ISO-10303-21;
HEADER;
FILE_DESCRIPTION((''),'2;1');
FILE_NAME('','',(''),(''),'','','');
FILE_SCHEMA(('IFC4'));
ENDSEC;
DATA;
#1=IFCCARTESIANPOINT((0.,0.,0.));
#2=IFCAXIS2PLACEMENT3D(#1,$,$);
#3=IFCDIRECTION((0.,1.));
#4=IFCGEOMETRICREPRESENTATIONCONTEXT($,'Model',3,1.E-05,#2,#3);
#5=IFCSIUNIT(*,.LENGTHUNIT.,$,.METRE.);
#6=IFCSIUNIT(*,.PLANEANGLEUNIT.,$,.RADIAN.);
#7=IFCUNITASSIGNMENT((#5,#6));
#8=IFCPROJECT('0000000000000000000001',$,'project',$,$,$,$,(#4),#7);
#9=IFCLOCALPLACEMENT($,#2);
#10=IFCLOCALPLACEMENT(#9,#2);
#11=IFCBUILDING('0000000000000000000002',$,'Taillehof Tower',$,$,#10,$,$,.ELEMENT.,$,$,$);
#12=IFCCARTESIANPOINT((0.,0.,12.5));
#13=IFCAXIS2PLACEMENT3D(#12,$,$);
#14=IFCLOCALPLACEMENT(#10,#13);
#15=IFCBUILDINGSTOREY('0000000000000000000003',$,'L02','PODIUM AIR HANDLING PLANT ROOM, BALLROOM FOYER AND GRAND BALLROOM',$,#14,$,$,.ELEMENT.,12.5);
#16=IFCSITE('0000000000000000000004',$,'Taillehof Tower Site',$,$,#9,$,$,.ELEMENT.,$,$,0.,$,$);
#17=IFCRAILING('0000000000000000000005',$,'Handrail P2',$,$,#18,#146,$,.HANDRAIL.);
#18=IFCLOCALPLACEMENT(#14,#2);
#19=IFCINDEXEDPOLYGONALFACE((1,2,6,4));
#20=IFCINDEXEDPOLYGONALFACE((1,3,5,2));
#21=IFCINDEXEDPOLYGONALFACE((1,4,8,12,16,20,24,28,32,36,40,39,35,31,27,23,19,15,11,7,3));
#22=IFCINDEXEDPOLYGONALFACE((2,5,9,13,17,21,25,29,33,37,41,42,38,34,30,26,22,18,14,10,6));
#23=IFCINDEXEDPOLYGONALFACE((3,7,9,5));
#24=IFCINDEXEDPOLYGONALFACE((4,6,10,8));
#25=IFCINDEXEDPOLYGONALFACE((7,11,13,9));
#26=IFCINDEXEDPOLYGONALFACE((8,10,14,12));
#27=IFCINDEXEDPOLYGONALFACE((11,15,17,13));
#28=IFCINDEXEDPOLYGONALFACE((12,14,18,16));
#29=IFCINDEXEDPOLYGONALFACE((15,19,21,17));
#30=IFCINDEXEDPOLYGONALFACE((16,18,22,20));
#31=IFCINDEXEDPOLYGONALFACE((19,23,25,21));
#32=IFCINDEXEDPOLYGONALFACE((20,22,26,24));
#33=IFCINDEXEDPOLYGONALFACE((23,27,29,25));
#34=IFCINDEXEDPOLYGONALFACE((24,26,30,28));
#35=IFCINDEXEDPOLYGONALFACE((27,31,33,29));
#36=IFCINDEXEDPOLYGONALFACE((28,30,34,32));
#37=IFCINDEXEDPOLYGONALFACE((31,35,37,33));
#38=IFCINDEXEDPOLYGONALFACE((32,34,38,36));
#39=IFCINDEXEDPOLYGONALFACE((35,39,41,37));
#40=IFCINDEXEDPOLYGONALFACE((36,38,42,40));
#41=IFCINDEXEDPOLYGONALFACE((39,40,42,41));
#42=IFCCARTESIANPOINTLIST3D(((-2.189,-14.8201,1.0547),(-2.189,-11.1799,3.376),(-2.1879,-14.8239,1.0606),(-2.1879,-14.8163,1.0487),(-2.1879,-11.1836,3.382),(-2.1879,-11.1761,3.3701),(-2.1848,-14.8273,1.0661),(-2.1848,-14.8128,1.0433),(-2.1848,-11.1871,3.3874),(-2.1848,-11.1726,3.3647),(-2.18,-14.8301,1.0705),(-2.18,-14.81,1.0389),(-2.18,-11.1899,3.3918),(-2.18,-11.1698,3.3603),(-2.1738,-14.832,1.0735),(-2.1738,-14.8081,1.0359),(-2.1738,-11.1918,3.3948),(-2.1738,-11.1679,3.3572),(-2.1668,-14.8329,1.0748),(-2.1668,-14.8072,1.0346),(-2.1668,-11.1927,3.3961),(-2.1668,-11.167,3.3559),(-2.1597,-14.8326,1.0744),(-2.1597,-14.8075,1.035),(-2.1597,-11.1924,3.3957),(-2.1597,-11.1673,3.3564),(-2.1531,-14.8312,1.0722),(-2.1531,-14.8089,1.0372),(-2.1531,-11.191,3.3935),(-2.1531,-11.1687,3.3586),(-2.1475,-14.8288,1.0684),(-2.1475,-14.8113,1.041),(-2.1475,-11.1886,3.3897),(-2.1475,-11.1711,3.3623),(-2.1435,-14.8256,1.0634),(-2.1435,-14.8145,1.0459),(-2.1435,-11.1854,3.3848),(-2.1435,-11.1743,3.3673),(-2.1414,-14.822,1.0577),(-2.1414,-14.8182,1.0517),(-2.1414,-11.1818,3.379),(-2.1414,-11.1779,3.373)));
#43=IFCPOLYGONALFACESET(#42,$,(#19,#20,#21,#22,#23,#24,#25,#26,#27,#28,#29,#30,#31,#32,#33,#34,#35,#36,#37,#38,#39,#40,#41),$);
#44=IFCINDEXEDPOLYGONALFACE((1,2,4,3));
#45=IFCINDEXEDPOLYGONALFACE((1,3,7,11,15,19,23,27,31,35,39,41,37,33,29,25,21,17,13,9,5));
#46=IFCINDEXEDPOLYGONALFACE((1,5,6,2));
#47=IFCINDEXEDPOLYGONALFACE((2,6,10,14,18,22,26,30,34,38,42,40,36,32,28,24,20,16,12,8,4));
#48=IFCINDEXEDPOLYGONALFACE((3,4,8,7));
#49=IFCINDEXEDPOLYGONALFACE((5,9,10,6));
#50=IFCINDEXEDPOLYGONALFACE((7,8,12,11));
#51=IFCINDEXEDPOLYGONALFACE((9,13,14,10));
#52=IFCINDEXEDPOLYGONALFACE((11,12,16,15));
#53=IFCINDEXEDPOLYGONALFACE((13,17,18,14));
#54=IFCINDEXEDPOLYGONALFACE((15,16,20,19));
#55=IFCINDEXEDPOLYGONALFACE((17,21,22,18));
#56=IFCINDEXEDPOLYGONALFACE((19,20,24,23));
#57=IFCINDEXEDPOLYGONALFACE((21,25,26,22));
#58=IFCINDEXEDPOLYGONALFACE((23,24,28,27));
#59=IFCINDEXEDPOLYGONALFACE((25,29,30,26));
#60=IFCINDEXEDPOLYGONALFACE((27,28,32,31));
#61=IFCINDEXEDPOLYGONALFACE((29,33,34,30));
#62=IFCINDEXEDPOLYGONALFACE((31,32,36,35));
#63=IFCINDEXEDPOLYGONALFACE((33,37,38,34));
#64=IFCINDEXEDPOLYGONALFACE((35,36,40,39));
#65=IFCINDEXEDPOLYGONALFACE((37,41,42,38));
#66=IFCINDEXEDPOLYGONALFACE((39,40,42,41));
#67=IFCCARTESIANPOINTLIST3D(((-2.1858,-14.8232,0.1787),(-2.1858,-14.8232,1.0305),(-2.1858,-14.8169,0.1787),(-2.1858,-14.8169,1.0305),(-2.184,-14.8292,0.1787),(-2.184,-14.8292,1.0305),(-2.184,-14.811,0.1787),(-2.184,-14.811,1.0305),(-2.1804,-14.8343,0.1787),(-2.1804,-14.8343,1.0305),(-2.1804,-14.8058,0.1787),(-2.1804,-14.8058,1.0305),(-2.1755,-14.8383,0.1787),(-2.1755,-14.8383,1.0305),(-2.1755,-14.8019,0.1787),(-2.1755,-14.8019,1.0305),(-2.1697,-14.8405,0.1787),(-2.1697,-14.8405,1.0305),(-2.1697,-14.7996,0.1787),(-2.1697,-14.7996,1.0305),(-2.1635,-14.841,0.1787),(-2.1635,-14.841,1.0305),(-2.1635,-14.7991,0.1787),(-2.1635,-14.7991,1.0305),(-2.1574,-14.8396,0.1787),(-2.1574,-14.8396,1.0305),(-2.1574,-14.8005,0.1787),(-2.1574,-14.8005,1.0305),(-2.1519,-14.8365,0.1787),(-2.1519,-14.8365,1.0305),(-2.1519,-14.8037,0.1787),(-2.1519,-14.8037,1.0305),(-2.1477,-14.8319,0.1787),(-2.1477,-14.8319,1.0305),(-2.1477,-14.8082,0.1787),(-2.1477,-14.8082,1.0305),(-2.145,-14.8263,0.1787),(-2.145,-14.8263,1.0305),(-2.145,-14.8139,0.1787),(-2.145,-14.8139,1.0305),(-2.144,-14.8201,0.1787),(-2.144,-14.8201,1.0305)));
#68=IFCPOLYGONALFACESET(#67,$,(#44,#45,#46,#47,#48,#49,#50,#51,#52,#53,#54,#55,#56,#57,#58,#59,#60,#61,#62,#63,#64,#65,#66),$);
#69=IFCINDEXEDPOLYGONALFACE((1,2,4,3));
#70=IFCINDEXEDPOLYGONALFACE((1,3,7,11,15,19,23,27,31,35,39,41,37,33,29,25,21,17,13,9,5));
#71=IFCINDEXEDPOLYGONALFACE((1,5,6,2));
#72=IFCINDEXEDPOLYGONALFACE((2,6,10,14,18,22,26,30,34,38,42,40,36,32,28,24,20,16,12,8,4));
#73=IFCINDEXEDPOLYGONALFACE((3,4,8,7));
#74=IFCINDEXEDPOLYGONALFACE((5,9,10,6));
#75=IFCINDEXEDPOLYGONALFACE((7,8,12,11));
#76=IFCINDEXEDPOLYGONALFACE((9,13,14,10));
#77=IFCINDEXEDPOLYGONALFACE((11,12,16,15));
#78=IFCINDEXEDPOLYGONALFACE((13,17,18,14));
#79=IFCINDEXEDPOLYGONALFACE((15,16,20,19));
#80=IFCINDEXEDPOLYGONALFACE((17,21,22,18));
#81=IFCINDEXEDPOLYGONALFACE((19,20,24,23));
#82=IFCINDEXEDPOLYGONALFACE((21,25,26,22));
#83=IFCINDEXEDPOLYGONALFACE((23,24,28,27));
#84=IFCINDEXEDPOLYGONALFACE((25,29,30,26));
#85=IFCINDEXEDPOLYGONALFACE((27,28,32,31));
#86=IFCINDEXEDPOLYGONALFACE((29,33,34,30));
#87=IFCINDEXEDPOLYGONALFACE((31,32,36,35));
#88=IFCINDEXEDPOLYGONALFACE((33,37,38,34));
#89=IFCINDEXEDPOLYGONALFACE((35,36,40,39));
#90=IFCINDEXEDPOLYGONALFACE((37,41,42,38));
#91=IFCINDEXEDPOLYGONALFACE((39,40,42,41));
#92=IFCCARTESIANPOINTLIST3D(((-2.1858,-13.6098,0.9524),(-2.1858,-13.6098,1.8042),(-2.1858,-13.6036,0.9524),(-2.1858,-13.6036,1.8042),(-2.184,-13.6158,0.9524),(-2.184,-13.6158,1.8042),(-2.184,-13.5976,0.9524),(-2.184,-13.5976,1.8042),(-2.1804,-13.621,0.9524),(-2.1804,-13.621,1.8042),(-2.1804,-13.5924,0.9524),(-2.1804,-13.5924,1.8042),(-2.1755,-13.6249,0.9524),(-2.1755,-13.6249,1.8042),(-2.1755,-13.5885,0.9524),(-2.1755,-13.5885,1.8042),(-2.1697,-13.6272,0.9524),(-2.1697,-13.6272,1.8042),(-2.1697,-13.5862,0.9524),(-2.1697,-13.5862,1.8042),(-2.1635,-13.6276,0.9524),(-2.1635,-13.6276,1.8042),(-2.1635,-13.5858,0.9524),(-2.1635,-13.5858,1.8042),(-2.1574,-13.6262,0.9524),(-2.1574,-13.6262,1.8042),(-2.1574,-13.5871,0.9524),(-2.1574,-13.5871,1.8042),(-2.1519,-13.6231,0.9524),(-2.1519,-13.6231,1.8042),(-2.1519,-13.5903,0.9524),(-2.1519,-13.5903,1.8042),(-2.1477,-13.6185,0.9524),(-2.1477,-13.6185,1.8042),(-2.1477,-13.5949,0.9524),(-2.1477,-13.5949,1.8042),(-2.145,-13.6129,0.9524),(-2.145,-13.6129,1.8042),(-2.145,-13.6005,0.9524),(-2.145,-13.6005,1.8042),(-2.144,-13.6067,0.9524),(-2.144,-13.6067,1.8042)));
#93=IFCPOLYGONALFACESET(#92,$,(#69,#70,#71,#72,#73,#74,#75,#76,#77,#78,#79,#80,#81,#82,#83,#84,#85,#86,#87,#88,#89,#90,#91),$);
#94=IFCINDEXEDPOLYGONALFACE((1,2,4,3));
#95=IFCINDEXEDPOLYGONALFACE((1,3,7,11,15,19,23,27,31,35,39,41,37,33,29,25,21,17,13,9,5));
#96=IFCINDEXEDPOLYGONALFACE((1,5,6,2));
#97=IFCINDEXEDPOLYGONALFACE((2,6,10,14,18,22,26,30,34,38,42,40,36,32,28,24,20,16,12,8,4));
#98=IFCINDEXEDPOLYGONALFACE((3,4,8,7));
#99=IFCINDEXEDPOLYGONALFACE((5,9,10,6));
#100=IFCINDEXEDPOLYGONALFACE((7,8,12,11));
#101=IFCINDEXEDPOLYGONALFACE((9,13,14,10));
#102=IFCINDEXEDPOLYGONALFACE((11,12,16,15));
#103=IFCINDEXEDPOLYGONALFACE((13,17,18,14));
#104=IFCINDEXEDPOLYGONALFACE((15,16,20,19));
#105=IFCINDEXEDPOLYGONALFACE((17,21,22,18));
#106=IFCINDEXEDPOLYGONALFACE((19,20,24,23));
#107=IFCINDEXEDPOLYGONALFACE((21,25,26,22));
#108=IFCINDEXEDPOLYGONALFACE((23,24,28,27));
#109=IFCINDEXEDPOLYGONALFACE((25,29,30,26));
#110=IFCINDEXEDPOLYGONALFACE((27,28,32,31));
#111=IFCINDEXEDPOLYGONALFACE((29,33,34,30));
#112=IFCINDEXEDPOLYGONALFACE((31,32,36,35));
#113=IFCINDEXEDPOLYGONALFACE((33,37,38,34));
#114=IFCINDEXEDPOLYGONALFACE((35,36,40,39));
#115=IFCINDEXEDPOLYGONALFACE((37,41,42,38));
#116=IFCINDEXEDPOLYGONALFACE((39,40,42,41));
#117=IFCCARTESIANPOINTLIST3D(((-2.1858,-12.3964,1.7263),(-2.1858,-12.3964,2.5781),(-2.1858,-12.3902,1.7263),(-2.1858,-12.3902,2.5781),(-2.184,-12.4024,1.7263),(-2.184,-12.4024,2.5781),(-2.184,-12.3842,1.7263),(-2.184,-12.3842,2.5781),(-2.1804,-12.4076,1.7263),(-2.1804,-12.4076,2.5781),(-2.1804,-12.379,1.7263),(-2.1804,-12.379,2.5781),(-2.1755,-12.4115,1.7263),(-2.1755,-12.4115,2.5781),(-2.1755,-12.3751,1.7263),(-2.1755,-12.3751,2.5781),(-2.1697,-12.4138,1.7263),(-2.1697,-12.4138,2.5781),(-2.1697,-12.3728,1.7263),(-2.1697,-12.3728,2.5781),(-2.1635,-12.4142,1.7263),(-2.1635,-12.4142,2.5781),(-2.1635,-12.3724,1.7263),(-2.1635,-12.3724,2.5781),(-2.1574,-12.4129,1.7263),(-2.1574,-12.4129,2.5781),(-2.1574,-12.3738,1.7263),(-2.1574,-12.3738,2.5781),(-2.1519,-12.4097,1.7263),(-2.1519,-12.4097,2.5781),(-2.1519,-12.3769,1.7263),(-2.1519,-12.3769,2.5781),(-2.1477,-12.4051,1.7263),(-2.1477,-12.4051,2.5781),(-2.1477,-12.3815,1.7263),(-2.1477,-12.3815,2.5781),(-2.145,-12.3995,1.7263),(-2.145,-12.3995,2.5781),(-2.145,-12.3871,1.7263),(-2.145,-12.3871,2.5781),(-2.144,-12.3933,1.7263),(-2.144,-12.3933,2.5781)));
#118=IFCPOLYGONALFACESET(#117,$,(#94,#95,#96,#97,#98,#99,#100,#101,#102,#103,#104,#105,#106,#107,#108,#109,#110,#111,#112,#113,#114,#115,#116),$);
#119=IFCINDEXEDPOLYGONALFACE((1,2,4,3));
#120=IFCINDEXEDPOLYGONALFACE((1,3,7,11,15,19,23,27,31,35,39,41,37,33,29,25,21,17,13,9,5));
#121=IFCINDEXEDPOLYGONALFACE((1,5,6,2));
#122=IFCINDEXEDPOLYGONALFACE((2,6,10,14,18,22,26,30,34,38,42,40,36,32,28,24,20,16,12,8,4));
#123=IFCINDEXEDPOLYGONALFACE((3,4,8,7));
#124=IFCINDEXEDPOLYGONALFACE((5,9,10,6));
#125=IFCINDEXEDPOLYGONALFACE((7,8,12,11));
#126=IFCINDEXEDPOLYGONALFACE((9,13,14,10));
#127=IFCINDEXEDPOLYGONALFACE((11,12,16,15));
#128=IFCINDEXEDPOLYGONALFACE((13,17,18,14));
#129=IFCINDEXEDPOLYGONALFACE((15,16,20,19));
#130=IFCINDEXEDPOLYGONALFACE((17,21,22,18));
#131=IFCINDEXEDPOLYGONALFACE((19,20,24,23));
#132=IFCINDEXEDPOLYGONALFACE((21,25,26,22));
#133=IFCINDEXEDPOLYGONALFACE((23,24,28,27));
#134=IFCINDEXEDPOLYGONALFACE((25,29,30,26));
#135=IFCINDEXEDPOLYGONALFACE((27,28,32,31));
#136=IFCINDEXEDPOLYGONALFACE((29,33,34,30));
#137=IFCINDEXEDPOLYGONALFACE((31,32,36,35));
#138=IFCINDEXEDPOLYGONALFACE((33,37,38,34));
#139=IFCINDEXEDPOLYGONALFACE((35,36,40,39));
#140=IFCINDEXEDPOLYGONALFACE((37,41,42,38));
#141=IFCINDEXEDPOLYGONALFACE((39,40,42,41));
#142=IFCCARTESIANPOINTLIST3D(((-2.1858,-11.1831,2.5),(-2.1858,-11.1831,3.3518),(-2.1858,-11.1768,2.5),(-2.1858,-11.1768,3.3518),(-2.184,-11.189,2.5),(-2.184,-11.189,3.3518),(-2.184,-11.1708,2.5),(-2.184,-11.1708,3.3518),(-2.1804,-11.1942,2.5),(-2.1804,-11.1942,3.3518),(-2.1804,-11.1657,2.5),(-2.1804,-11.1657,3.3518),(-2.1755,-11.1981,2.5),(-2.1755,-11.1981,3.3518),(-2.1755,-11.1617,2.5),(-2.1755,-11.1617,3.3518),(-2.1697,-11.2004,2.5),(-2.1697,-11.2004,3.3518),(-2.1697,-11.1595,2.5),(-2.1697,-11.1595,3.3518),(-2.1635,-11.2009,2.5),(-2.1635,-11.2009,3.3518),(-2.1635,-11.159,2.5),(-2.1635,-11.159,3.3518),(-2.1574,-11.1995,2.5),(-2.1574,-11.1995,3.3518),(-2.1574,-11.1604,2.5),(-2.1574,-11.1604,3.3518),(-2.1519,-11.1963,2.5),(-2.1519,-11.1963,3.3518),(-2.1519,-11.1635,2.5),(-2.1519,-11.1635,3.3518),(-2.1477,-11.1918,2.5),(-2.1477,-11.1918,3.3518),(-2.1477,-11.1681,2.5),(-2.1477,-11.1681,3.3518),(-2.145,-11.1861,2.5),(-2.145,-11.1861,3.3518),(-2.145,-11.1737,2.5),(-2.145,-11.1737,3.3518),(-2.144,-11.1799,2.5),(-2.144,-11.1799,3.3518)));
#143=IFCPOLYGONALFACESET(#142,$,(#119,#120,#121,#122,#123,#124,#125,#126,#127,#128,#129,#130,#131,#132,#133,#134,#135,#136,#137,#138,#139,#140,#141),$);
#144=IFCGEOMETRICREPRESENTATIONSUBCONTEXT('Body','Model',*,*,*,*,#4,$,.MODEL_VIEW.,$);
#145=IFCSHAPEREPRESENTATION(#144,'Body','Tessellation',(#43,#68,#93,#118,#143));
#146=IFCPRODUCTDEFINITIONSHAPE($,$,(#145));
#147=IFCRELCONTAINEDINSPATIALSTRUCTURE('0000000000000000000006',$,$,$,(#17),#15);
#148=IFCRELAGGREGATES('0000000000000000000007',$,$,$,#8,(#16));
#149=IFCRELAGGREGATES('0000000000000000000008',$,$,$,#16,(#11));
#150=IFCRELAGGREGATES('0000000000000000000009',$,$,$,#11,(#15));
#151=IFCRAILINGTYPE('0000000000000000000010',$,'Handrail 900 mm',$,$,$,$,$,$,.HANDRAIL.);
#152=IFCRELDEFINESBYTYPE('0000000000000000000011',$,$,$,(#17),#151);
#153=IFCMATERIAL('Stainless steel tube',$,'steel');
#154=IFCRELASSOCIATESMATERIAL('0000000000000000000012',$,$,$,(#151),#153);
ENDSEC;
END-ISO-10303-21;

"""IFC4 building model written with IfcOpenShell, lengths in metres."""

from ifc_helpers import new_model, si_unit, direction, frame, origin, origin_2d, place, context, subcontext, project, spatial, circle, extrude, material, type_object, element, save


model = new_model("IFC4")

# Units and contexts
model_context = context("Model", 3, precision=1e-05, world=origin(), true_north=direction((0.0, 1.0)))
body_context = subcontext(model_context, "Body", "Model", "MODEL_VIEW")
ifc_project = project(units=[si_unit("LENGTHUNIT", "METRE"), si_unit("PLANEANGLEUNIT", "RADIAN")], contexts=[model_context])

# Site, building, storey
site_placement = place(None, origin())
site = spatial("IfcSite", under=ifc_project, at=site_placement, Name="Taillehof Tower Site", CompositionType="ELEMENT", RefElevation=0.0)
building_placement = place(site_placement, origin())
building = spatial("IfcBuilding", under=site, at=building_placement, Name="Taillehof Tower", CompositionType="ELEMENT")
storey_placement = place(building_placement, frame((0.0, 0.0, 12.5)))
storey = spatial("IfcBuildingStorey", under=building, at=storey_placement, Name="L02", Description="PODIUM AIR HANDLING PLANT ROOM, BALLROOM FOYER AND GRAND BALLROOM", CompositionType="ELEMENT", Elevation=12.5)

# Railing
ifc_material_1 = material(Name="Stainless steel tube", Category="steel")
railing_type_1 = type_object("IfcRailingType", Name="Handrail 900 mm", PredefinedType="HANDRAIL", material=ifc_material_1)
for number, where, name in (
    (1, (-2.165, -14.8201, 0.1787), "Handrail P2"),
):
    element("IfcRailing", number, at=place(storey_placement, frame(where)), inside=storey, type_object=railing_type_1, Name=name, PredefinedType="HANDRAIL", context=body_context, shape_type="SweptSolid", body=[
        extrude(circle(Radius=0.0239, at=origin_2d()), frame((0.0, 0.0, 0.876), z_axis=(0.0, 0.843153, 0.537673), x_axis=(-1.0, 0.0, 0.0)), (0.0, 0.0, 1.0), 4.3174),
        extrude(circle(Radius=0.021, at=origin_2d()), origin(), (0.0, 0.0, 1.0), 0.8518),
        extrude(circle(Radius=0.021, at=origin_2d()), frame((0.0, 1.2134, 0.7737)), (0.0, 0.0, 1.0), 0.8518),
        extrude(circle(Radius=0.021, at=origin_2d()), frame((0.0, 2.4268, 1.5476)), (0.0, 0.0, 1.0), 0.8518),
        extrude(circle(Radius=0.021, at=origin_2d()), frame((0.0, 3.6401, 2.3213)), (0.0, 0.0, 1.0), 0.8518),
    ])

save(model, "model.ifc")
